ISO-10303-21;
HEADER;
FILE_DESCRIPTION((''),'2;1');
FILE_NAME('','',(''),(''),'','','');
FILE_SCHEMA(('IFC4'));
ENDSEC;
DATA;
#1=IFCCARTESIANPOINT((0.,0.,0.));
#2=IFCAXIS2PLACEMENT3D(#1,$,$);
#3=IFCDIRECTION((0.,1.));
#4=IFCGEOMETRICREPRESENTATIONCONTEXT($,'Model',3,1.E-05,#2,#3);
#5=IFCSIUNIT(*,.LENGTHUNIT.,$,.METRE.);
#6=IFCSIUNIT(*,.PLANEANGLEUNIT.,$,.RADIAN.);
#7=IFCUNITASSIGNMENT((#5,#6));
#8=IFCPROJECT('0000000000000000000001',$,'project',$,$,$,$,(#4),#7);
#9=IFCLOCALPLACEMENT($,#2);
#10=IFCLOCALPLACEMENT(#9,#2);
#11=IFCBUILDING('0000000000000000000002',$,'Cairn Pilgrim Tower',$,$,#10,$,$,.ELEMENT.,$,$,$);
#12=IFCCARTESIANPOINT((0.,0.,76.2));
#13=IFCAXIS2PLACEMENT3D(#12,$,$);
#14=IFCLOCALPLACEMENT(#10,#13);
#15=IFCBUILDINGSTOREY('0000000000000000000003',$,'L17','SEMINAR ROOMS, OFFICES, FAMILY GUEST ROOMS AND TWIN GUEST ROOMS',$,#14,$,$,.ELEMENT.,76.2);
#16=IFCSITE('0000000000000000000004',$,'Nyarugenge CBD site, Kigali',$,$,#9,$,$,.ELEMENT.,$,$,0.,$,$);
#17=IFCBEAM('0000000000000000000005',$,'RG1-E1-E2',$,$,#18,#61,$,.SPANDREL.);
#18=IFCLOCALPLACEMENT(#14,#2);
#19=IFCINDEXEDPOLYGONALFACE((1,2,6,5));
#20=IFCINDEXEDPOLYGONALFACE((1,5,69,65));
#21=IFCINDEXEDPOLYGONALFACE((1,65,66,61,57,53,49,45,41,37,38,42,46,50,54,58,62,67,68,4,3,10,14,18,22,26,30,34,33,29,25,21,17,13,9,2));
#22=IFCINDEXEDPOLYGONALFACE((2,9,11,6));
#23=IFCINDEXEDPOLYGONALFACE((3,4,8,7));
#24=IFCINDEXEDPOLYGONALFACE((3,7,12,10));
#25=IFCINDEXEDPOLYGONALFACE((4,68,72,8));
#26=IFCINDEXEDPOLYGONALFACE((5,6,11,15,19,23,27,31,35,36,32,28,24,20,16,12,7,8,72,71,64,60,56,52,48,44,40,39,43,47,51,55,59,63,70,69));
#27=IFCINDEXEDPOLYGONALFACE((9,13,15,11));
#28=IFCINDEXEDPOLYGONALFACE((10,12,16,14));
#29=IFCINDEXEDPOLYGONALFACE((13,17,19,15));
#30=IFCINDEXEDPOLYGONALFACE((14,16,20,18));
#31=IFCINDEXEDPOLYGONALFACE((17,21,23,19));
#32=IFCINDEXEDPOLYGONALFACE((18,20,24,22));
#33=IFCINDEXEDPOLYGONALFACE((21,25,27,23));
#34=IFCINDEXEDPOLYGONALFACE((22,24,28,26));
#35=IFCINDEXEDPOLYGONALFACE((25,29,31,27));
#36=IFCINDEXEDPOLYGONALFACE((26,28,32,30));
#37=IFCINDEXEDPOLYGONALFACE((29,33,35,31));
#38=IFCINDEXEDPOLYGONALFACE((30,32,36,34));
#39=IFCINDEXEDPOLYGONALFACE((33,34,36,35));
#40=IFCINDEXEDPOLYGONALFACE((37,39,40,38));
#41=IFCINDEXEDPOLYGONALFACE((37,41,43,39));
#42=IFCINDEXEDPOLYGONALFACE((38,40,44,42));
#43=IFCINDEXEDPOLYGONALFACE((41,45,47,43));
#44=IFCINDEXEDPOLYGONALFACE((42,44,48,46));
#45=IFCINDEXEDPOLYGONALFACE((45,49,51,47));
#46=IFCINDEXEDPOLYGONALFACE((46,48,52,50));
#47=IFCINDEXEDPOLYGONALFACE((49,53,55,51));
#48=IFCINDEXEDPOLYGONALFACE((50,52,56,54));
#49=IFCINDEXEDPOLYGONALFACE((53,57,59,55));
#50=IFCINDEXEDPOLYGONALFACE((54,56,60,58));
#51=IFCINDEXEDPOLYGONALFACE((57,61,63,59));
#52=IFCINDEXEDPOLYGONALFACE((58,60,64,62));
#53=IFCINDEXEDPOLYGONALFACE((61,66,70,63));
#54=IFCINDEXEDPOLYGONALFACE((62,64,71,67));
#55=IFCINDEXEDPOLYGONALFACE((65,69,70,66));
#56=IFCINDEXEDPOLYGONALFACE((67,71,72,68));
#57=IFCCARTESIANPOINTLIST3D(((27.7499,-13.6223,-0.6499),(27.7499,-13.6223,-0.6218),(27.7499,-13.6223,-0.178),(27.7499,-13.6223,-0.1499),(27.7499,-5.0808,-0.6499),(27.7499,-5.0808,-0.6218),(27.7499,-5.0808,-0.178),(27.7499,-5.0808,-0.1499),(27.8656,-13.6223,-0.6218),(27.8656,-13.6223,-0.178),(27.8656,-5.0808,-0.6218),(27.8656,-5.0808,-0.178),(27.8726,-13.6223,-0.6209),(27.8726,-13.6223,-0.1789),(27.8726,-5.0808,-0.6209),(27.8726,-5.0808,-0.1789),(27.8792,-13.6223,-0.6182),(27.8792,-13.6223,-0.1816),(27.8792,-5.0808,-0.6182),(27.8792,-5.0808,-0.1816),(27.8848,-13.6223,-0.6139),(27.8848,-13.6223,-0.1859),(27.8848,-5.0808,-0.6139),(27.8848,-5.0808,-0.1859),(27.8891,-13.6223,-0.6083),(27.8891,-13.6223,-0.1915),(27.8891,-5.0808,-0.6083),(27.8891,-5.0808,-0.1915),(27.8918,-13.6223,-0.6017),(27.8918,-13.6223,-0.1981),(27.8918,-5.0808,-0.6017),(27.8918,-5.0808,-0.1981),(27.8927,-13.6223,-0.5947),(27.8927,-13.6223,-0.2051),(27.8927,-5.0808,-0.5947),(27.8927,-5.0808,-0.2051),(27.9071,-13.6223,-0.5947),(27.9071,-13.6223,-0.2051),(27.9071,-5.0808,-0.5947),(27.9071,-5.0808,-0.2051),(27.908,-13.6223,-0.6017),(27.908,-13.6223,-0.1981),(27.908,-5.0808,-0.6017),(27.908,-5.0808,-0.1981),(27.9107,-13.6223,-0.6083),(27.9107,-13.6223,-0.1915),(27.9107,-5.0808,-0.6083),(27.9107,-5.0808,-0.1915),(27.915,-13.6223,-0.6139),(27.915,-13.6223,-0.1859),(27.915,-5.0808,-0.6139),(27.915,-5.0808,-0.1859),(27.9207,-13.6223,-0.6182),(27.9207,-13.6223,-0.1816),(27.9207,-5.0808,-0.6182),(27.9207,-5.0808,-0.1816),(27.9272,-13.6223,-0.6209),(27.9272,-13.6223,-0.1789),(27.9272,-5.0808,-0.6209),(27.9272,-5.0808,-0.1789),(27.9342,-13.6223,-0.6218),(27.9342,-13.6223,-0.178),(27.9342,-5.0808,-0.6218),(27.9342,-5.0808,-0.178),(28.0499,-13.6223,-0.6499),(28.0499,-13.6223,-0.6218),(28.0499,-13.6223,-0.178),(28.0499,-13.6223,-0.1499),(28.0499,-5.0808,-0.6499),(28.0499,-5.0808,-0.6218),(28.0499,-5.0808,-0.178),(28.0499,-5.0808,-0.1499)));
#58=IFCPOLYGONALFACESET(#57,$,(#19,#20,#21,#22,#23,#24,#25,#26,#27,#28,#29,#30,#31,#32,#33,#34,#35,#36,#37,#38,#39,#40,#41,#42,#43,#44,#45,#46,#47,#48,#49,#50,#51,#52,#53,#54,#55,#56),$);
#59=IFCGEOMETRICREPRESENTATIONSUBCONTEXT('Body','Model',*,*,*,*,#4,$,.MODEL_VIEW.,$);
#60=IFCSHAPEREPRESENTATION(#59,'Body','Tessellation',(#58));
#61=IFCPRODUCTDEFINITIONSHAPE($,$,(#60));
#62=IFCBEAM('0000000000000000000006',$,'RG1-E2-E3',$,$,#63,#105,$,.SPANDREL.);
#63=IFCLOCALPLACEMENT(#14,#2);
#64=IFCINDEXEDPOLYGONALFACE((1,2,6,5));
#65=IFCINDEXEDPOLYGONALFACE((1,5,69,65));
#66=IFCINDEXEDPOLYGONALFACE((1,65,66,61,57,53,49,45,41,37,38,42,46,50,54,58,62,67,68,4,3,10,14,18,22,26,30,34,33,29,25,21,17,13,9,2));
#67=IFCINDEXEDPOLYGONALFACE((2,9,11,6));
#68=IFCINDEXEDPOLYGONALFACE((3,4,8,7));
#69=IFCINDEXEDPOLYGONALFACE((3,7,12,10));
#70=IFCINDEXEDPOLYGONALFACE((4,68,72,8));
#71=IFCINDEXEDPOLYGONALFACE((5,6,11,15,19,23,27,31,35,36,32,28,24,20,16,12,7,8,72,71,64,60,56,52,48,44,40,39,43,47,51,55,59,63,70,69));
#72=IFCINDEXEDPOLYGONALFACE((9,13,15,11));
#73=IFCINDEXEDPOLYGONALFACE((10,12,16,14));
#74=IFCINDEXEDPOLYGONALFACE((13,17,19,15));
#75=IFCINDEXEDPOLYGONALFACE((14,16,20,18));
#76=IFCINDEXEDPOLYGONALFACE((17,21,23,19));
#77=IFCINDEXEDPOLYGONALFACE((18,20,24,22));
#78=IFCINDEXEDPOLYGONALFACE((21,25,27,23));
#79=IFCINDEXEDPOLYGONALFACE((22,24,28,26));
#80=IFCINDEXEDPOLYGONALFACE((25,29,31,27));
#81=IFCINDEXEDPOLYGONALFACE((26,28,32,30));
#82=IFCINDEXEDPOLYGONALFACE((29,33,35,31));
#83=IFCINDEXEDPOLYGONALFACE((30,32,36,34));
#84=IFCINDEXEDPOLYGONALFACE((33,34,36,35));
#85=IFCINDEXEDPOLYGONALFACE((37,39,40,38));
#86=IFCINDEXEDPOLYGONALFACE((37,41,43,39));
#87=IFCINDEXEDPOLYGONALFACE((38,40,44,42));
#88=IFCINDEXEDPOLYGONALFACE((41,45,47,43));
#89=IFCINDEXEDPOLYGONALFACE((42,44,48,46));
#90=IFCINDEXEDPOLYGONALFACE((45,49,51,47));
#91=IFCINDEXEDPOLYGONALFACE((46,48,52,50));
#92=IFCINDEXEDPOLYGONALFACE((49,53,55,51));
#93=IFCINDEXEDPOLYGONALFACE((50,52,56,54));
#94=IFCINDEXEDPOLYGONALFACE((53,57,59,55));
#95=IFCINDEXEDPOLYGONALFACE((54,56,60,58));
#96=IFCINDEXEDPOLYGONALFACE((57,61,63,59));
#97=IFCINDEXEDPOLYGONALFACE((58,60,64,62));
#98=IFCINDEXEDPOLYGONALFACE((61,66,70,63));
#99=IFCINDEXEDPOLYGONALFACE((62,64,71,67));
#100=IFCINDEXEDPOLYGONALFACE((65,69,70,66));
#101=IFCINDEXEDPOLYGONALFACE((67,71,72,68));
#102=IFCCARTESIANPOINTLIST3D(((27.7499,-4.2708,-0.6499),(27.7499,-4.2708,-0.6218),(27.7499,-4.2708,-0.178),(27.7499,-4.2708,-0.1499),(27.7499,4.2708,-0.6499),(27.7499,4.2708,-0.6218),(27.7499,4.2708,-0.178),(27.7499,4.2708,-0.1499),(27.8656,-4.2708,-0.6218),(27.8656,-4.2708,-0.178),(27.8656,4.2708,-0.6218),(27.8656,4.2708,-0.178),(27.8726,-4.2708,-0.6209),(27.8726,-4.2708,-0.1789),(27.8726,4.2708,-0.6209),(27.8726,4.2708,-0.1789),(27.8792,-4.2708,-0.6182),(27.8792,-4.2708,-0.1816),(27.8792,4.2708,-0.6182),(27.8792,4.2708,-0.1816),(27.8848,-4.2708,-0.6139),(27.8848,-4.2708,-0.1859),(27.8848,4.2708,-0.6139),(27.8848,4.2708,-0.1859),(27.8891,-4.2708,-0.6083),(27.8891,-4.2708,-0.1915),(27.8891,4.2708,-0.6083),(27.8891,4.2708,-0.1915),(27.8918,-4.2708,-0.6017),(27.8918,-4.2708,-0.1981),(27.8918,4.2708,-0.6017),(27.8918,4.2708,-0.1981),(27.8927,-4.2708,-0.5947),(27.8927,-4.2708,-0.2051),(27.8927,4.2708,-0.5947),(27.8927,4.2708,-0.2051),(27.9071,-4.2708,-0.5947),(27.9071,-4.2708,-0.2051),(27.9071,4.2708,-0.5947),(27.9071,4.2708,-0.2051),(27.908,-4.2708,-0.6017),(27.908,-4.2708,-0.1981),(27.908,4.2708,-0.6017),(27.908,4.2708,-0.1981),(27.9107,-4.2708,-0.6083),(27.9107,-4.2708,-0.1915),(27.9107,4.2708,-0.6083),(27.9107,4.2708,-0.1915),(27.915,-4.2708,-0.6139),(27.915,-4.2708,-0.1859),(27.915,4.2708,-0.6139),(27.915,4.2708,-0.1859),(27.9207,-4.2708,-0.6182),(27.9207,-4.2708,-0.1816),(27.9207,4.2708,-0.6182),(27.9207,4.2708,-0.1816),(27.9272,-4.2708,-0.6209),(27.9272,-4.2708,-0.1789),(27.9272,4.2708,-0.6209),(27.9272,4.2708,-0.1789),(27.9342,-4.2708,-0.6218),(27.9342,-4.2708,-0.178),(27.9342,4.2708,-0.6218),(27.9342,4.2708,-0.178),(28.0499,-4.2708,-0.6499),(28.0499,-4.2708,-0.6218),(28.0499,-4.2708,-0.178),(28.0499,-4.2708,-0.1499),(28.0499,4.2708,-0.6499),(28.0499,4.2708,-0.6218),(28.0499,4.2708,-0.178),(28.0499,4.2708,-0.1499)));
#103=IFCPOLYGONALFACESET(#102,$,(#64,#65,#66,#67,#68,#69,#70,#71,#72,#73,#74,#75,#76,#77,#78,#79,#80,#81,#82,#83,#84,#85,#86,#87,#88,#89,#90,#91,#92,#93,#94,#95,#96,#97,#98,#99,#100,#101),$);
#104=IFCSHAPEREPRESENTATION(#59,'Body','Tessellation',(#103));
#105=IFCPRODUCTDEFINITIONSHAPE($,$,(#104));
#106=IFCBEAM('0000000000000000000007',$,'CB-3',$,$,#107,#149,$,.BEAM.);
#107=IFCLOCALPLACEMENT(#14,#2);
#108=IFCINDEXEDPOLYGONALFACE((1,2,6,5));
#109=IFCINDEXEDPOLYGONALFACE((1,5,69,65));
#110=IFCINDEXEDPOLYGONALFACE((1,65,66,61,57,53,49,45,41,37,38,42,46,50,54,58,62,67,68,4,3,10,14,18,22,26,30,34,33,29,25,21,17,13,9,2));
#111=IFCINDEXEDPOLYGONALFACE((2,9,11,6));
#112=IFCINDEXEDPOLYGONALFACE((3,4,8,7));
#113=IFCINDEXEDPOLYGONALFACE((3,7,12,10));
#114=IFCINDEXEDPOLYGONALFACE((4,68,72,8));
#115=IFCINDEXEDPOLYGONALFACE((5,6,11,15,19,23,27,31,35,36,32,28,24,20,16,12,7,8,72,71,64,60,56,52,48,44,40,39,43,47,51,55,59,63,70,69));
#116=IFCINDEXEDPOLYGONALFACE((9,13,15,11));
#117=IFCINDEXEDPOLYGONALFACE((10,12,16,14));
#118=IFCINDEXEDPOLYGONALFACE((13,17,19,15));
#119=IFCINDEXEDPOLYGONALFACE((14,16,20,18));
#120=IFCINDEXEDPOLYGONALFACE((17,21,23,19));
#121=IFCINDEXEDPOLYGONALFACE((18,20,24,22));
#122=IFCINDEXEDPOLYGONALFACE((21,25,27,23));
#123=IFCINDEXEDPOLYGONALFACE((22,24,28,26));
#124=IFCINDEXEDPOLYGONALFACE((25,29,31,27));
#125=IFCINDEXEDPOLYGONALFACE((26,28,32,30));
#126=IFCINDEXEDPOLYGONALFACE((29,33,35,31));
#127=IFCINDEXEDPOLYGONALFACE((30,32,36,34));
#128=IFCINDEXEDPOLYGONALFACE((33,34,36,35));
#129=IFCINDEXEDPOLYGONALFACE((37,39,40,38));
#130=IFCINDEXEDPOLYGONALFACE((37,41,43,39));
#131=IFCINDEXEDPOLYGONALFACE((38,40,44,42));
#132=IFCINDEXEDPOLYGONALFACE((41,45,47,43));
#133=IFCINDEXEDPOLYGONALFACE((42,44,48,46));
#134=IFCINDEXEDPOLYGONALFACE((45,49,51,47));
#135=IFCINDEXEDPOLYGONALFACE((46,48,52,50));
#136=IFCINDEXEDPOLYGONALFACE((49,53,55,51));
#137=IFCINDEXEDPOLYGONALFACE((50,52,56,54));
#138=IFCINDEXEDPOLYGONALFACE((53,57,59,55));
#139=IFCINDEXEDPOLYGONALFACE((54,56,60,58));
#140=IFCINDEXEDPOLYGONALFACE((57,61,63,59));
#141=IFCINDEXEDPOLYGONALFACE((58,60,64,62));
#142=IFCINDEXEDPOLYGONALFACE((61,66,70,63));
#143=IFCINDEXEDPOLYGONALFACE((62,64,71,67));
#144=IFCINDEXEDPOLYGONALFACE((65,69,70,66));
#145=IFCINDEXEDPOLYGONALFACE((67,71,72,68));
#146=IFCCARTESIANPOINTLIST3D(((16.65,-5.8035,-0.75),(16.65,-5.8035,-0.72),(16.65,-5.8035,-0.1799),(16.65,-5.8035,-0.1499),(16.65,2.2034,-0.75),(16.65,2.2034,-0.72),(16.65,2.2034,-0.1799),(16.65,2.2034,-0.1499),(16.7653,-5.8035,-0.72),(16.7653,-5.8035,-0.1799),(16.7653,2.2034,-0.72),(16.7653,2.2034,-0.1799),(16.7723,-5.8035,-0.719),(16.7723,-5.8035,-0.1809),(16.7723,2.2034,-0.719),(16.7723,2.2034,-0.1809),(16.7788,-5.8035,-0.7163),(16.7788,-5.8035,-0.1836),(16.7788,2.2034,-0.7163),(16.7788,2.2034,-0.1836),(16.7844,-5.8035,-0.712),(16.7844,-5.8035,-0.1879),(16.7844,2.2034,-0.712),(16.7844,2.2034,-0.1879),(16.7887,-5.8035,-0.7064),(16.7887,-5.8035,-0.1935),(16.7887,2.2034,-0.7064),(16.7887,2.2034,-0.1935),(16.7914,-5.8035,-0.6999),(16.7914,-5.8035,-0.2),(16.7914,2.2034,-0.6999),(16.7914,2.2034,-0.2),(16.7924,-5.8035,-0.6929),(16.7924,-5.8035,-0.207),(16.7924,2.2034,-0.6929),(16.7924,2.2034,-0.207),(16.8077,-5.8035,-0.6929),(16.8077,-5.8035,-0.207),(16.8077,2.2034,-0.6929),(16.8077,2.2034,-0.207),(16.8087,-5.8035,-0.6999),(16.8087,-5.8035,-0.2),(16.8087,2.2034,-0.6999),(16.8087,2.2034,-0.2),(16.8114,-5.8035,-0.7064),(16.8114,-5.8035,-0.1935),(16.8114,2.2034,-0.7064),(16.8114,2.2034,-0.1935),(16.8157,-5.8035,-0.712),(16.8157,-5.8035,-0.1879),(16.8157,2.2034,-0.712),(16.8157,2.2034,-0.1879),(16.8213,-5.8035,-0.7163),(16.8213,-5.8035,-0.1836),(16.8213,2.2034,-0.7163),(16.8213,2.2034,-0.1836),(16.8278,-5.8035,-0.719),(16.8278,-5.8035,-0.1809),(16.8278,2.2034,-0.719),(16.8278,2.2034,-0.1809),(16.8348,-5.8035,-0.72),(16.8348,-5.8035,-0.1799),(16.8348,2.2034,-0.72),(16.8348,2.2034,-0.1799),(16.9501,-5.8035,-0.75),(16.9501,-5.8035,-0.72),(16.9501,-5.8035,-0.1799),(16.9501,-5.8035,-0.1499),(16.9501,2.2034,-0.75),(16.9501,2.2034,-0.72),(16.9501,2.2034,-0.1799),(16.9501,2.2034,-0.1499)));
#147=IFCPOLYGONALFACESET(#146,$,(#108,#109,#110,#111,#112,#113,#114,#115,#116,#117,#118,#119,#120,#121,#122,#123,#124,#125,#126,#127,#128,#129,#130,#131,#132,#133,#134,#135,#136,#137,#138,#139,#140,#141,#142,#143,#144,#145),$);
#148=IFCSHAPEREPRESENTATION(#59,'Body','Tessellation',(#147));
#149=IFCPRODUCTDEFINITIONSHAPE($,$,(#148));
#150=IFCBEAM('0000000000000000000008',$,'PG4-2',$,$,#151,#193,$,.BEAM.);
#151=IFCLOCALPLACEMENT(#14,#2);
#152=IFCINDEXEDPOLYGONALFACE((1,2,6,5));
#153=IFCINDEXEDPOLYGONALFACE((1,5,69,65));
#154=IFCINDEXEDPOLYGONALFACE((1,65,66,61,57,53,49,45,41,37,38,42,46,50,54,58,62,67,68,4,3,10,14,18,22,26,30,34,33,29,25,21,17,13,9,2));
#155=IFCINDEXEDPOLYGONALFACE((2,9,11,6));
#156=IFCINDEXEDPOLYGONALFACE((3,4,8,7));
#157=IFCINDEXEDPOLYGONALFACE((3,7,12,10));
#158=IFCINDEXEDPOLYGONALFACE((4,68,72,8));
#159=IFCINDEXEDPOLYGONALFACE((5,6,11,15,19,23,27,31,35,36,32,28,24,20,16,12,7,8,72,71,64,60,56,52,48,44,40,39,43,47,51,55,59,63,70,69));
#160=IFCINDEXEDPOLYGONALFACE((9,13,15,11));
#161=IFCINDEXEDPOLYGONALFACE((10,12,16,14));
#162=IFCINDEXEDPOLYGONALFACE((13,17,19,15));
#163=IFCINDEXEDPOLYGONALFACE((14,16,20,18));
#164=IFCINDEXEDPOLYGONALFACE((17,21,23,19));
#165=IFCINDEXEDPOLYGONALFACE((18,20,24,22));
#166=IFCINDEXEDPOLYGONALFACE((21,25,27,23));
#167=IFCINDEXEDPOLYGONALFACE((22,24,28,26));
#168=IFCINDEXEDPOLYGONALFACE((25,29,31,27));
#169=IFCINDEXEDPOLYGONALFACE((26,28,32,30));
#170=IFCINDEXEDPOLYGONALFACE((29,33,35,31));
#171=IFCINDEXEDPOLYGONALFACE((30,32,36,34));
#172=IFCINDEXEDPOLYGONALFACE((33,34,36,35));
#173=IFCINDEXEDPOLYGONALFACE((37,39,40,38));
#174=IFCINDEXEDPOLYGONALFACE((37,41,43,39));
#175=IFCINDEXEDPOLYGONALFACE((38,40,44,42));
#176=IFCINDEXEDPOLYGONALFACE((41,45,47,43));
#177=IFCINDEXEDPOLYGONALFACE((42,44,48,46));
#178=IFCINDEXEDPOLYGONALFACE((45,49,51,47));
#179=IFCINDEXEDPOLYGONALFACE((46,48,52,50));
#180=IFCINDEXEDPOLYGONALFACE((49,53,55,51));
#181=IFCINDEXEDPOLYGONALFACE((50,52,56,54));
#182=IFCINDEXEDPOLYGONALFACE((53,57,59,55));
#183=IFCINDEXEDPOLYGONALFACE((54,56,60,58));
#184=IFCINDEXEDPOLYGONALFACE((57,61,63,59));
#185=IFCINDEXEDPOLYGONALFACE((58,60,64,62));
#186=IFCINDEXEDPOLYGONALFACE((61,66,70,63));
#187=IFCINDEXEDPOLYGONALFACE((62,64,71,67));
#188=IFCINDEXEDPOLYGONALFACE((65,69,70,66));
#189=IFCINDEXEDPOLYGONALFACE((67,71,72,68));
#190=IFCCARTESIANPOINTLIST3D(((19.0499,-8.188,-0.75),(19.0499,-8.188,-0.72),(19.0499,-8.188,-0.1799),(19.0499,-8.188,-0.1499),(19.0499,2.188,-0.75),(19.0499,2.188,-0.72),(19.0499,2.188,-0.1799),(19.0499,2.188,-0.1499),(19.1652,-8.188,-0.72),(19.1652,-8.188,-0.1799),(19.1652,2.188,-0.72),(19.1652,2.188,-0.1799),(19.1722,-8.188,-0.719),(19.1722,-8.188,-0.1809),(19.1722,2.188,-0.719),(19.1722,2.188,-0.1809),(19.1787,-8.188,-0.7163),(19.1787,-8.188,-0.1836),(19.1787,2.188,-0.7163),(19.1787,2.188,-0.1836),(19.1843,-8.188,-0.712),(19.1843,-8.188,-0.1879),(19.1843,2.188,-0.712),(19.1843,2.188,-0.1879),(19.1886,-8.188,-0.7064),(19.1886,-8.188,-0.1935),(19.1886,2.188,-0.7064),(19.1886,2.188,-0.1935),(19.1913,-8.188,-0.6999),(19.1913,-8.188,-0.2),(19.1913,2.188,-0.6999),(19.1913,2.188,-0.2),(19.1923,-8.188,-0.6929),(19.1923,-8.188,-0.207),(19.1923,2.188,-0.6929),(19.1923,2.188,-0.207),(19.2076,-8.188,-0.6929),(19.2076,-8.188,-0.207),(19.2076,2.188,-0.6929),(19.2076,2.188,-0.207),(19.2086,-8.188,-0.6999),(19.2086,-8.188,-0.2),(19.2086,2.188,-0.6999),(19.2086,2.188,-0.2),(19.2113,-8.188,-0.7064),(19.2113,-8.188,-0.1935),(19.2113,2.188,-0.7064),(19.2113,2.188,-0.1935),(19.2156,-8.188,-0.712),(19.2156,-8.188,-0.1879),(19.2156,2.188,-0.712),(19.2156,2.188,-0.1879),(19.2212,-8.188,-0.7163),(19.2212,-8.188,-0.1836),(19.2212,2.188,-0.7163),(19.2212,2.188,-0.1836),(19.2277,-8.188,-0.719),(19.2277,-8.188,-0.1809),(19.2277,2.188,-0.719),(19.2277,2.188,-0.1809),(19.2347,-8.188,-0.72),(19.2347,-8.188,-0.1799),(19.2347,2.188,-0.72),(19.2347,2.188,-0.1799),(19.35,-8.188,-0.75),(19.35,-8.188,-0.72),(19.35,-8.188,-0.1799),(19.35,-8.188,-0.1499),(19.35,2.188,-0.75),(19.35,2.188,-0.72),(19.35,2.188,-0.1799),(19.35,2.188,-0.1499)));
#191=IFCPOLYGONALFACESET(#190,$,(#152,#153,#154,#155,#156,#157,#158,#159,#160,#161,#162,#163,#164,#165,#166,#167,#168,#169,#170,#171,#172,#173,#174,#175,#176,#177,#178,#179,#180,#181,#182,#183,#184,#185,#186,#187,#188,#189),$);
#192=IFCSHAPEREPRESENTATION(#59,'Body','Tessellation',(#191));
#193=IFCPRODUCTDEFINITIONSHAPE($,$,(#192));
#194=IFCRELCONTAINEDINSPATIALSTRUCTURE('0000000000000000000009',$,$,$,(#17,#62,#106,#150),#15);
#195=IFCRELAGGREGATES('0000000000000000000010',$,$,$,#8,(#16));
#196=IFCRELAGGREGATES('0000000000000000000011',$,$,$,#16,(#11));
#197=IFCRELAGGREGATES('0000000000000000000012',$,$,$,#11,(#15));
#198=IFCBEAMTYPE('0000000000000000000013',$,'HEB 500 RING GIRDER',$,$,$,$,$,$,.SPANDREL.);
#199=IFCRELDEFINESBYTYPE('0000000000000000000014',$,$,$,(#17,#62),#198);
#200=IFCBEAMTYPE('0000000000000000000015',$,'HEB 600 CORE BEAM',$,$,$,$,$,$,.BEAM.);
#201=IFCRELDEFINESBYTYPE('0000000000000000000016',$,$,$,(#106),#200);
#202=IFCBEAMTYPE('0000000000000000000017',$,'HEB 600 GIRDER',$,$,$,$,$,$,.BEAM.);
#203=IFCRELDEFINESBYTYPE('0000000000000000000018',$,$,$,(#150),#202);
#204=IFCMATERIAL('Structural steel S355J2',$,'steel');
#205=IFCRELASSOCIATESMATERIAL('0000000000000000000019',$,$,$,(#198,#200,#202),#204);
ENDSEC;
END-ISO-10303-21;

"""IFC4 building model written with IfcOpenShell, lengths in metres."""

from ifc_helpers import new_model, si_unit, direction, frame, origin, origin_2d, place, context, subcontext, project, spatial, i_section, extrude, material, material_profile, profile_set, type_object, element, save


model = new_model("IFC4")

# Units and contexts
model_context = context("Model", 3, precision=1e-05, world=origin(), true_north=direction((0.0, 1.0)))
body_context = subcontext(model_context, "Body", "Model", "MODEL_VIEW")
ifc_project = project(units=[si_unit("LENGTHUNIT", "METRE"), si_unit("PLANEANGLEUNIT", "RADIAN")], contexts=[model_context])

# Site, building, storey
site_placement = place(None, origin())
site = spatial("IfcSite", under=ifc_project, at=site_placement, Name="Nyarugenge CBD site, Kigali", CompositionType="ELEMENT", RefElevation=0.0)
building_placement = place(site_placement, origin())
building = spatial("IfcBuilding", under=site, at=building_placement, Name="Cairn Pilgrim Tower", CompositionType="ELEMENT")
storey_placement = place(building_placement, frame((0.0, 0.0, 76.2)))
storey = spatial("IfcBuildingStorey", under=building, at=storey_placement, Name="L17", Description="SEMINAR ROOMS, OFFICES, FAMILY GUEST ROOMS AND TWIN GUEST ROOMS", CompositionType="ELEMENT", Elevation=76.2)

# Beams
ifc_material_1 = material(Name="Structural steel S355J2", Category="steel")
ifc_material_profile_1 = material_profile(ifc_material_1, i_section(OverallWidth=0.3, OverallDepth=0.5, WebThickness=0.0144, FlangeThickness=0.0281, FilletRadius=0.0271, at=origin_2d()), Name="HEB 500")
ifc_profile_set_1 = profile_set([ifc_material_profile_1], Name="Structural steel S355J2")
beam_type_1 = type_object("IfcBeamType", Name="HEB 500 RING GIRDER", PredefinedType="SPANDREL", material=ifc_profile_set_1)
for number, where, z_axis, x_axis, name in (
    (1, (27.8999, -13.6223, -0.3999), (0.0, 1.0, 0.0), (-1.0, 0.0, 0.0), "RG1-E1-E2"),
    (2, (27.8999, -4.2708, -0.3999), (0.0, 1.0, 0.0), (-1.0, 0.0, 0.0), "RG1-E2-E3"),
):
    element("IfcBeam", number, at=place(storey_placement, frame(where, z_axis=z_axis, x_axis=x_axis)), inside=storey, type_object=beam_type_1, Name=name, PredefinedType="SPANDREL", context=body_context, shape_type="SweptSolid", body=[
        extrude(i_section(OverallWidth=0.3, OverallDepth=0.5, WebThickness=0.0144, FlangeThickness=0.0281, FilletRadius=0.0271, at=origin_2d()), origin(), (0.0, 0.0, 1.0), 8.5415),
    ])
ifc_material_profile_2 = material_profile(ifc_material_1, i_section(OverallWidth=0.3, OverallDepth=0.6001, WebThickness=0.0154, FlangeThickness=0.03, FilletRadius=0.0271, at=origin_2d()), Name="HEB 600")
ifc_profile_set_2 = profile_set([ifc_material_profile_2], Name="Structural steel S355J2")
beam_type_2 = type_object("IfcBeamType", Name="HEB 600 CORE BEAM", PredefinedType="BEAM", material=ifc_profile_set_2)
beam_1_placement = place(storey_placement, frame((16.8, -5.8035, -0.45), z_axis=(0.0, 1.0, 0.0), x_axis=(-1.0, 0.0, 0.0)))
element("IfcBeam", 3, at=beam_1_placement, inside=storey, type_object=beam_type_2, Name="CB-3", PredefinedType="BEAM", context=body_context, shape_type="SweptSolid", body=[
    extrude(i_section(OverallWidth=0.3, OverallDepth=0.6001, WebThickness=0.0154, FlangeThickness=0.03, FilletRadius=0.0271, at=origin_2d()), origin(), (0.0, 0.0, 1.0), 8.0068),
])
ifc_material_profile_3 = material_profile(ifc_material_1, i_section(OverallWidth=0.3, OverallDepth=0.6001, WebThickness=0.0154, FlangeThickness=0.03, FilletRadius=0.0271, at=origin_2d()), Name="HEB 600")
ifc_profile_set_3 = profile_set([ifc_material_profile_3], Name="Structural steel S355J2")
beam_type_3 = type_object("IfcBeamType", Name="HEB 600 GIRDER", PredefinedType="BEAM", material=ifc_profile_set_3)
beam_2_placement = place(storey_placement, frame((19.2, -8.188, -0.45), z_axis=(0.0, 1.0, 0.0), x_axis=(-1.0, 0.0, 0.0)))
element("IfcBeam", 4, at=beam_2_placement, inside=storey, type_object=beam_type_3, Name="PG4-2", PredefinedType="BEAM", context=body_context, shape_type="SweptSolid", body=[
    extrude(i_section(OverallWidth=0.3, OverallDepth=0.6001, WebThickness=0.0154, FlangeThickness=0.03, FilletRadius=0.0271, at=origin_2d()), origin(), (0.0, 0.0, 1.0), 10.376),
])

save(model, "model.ifc")
